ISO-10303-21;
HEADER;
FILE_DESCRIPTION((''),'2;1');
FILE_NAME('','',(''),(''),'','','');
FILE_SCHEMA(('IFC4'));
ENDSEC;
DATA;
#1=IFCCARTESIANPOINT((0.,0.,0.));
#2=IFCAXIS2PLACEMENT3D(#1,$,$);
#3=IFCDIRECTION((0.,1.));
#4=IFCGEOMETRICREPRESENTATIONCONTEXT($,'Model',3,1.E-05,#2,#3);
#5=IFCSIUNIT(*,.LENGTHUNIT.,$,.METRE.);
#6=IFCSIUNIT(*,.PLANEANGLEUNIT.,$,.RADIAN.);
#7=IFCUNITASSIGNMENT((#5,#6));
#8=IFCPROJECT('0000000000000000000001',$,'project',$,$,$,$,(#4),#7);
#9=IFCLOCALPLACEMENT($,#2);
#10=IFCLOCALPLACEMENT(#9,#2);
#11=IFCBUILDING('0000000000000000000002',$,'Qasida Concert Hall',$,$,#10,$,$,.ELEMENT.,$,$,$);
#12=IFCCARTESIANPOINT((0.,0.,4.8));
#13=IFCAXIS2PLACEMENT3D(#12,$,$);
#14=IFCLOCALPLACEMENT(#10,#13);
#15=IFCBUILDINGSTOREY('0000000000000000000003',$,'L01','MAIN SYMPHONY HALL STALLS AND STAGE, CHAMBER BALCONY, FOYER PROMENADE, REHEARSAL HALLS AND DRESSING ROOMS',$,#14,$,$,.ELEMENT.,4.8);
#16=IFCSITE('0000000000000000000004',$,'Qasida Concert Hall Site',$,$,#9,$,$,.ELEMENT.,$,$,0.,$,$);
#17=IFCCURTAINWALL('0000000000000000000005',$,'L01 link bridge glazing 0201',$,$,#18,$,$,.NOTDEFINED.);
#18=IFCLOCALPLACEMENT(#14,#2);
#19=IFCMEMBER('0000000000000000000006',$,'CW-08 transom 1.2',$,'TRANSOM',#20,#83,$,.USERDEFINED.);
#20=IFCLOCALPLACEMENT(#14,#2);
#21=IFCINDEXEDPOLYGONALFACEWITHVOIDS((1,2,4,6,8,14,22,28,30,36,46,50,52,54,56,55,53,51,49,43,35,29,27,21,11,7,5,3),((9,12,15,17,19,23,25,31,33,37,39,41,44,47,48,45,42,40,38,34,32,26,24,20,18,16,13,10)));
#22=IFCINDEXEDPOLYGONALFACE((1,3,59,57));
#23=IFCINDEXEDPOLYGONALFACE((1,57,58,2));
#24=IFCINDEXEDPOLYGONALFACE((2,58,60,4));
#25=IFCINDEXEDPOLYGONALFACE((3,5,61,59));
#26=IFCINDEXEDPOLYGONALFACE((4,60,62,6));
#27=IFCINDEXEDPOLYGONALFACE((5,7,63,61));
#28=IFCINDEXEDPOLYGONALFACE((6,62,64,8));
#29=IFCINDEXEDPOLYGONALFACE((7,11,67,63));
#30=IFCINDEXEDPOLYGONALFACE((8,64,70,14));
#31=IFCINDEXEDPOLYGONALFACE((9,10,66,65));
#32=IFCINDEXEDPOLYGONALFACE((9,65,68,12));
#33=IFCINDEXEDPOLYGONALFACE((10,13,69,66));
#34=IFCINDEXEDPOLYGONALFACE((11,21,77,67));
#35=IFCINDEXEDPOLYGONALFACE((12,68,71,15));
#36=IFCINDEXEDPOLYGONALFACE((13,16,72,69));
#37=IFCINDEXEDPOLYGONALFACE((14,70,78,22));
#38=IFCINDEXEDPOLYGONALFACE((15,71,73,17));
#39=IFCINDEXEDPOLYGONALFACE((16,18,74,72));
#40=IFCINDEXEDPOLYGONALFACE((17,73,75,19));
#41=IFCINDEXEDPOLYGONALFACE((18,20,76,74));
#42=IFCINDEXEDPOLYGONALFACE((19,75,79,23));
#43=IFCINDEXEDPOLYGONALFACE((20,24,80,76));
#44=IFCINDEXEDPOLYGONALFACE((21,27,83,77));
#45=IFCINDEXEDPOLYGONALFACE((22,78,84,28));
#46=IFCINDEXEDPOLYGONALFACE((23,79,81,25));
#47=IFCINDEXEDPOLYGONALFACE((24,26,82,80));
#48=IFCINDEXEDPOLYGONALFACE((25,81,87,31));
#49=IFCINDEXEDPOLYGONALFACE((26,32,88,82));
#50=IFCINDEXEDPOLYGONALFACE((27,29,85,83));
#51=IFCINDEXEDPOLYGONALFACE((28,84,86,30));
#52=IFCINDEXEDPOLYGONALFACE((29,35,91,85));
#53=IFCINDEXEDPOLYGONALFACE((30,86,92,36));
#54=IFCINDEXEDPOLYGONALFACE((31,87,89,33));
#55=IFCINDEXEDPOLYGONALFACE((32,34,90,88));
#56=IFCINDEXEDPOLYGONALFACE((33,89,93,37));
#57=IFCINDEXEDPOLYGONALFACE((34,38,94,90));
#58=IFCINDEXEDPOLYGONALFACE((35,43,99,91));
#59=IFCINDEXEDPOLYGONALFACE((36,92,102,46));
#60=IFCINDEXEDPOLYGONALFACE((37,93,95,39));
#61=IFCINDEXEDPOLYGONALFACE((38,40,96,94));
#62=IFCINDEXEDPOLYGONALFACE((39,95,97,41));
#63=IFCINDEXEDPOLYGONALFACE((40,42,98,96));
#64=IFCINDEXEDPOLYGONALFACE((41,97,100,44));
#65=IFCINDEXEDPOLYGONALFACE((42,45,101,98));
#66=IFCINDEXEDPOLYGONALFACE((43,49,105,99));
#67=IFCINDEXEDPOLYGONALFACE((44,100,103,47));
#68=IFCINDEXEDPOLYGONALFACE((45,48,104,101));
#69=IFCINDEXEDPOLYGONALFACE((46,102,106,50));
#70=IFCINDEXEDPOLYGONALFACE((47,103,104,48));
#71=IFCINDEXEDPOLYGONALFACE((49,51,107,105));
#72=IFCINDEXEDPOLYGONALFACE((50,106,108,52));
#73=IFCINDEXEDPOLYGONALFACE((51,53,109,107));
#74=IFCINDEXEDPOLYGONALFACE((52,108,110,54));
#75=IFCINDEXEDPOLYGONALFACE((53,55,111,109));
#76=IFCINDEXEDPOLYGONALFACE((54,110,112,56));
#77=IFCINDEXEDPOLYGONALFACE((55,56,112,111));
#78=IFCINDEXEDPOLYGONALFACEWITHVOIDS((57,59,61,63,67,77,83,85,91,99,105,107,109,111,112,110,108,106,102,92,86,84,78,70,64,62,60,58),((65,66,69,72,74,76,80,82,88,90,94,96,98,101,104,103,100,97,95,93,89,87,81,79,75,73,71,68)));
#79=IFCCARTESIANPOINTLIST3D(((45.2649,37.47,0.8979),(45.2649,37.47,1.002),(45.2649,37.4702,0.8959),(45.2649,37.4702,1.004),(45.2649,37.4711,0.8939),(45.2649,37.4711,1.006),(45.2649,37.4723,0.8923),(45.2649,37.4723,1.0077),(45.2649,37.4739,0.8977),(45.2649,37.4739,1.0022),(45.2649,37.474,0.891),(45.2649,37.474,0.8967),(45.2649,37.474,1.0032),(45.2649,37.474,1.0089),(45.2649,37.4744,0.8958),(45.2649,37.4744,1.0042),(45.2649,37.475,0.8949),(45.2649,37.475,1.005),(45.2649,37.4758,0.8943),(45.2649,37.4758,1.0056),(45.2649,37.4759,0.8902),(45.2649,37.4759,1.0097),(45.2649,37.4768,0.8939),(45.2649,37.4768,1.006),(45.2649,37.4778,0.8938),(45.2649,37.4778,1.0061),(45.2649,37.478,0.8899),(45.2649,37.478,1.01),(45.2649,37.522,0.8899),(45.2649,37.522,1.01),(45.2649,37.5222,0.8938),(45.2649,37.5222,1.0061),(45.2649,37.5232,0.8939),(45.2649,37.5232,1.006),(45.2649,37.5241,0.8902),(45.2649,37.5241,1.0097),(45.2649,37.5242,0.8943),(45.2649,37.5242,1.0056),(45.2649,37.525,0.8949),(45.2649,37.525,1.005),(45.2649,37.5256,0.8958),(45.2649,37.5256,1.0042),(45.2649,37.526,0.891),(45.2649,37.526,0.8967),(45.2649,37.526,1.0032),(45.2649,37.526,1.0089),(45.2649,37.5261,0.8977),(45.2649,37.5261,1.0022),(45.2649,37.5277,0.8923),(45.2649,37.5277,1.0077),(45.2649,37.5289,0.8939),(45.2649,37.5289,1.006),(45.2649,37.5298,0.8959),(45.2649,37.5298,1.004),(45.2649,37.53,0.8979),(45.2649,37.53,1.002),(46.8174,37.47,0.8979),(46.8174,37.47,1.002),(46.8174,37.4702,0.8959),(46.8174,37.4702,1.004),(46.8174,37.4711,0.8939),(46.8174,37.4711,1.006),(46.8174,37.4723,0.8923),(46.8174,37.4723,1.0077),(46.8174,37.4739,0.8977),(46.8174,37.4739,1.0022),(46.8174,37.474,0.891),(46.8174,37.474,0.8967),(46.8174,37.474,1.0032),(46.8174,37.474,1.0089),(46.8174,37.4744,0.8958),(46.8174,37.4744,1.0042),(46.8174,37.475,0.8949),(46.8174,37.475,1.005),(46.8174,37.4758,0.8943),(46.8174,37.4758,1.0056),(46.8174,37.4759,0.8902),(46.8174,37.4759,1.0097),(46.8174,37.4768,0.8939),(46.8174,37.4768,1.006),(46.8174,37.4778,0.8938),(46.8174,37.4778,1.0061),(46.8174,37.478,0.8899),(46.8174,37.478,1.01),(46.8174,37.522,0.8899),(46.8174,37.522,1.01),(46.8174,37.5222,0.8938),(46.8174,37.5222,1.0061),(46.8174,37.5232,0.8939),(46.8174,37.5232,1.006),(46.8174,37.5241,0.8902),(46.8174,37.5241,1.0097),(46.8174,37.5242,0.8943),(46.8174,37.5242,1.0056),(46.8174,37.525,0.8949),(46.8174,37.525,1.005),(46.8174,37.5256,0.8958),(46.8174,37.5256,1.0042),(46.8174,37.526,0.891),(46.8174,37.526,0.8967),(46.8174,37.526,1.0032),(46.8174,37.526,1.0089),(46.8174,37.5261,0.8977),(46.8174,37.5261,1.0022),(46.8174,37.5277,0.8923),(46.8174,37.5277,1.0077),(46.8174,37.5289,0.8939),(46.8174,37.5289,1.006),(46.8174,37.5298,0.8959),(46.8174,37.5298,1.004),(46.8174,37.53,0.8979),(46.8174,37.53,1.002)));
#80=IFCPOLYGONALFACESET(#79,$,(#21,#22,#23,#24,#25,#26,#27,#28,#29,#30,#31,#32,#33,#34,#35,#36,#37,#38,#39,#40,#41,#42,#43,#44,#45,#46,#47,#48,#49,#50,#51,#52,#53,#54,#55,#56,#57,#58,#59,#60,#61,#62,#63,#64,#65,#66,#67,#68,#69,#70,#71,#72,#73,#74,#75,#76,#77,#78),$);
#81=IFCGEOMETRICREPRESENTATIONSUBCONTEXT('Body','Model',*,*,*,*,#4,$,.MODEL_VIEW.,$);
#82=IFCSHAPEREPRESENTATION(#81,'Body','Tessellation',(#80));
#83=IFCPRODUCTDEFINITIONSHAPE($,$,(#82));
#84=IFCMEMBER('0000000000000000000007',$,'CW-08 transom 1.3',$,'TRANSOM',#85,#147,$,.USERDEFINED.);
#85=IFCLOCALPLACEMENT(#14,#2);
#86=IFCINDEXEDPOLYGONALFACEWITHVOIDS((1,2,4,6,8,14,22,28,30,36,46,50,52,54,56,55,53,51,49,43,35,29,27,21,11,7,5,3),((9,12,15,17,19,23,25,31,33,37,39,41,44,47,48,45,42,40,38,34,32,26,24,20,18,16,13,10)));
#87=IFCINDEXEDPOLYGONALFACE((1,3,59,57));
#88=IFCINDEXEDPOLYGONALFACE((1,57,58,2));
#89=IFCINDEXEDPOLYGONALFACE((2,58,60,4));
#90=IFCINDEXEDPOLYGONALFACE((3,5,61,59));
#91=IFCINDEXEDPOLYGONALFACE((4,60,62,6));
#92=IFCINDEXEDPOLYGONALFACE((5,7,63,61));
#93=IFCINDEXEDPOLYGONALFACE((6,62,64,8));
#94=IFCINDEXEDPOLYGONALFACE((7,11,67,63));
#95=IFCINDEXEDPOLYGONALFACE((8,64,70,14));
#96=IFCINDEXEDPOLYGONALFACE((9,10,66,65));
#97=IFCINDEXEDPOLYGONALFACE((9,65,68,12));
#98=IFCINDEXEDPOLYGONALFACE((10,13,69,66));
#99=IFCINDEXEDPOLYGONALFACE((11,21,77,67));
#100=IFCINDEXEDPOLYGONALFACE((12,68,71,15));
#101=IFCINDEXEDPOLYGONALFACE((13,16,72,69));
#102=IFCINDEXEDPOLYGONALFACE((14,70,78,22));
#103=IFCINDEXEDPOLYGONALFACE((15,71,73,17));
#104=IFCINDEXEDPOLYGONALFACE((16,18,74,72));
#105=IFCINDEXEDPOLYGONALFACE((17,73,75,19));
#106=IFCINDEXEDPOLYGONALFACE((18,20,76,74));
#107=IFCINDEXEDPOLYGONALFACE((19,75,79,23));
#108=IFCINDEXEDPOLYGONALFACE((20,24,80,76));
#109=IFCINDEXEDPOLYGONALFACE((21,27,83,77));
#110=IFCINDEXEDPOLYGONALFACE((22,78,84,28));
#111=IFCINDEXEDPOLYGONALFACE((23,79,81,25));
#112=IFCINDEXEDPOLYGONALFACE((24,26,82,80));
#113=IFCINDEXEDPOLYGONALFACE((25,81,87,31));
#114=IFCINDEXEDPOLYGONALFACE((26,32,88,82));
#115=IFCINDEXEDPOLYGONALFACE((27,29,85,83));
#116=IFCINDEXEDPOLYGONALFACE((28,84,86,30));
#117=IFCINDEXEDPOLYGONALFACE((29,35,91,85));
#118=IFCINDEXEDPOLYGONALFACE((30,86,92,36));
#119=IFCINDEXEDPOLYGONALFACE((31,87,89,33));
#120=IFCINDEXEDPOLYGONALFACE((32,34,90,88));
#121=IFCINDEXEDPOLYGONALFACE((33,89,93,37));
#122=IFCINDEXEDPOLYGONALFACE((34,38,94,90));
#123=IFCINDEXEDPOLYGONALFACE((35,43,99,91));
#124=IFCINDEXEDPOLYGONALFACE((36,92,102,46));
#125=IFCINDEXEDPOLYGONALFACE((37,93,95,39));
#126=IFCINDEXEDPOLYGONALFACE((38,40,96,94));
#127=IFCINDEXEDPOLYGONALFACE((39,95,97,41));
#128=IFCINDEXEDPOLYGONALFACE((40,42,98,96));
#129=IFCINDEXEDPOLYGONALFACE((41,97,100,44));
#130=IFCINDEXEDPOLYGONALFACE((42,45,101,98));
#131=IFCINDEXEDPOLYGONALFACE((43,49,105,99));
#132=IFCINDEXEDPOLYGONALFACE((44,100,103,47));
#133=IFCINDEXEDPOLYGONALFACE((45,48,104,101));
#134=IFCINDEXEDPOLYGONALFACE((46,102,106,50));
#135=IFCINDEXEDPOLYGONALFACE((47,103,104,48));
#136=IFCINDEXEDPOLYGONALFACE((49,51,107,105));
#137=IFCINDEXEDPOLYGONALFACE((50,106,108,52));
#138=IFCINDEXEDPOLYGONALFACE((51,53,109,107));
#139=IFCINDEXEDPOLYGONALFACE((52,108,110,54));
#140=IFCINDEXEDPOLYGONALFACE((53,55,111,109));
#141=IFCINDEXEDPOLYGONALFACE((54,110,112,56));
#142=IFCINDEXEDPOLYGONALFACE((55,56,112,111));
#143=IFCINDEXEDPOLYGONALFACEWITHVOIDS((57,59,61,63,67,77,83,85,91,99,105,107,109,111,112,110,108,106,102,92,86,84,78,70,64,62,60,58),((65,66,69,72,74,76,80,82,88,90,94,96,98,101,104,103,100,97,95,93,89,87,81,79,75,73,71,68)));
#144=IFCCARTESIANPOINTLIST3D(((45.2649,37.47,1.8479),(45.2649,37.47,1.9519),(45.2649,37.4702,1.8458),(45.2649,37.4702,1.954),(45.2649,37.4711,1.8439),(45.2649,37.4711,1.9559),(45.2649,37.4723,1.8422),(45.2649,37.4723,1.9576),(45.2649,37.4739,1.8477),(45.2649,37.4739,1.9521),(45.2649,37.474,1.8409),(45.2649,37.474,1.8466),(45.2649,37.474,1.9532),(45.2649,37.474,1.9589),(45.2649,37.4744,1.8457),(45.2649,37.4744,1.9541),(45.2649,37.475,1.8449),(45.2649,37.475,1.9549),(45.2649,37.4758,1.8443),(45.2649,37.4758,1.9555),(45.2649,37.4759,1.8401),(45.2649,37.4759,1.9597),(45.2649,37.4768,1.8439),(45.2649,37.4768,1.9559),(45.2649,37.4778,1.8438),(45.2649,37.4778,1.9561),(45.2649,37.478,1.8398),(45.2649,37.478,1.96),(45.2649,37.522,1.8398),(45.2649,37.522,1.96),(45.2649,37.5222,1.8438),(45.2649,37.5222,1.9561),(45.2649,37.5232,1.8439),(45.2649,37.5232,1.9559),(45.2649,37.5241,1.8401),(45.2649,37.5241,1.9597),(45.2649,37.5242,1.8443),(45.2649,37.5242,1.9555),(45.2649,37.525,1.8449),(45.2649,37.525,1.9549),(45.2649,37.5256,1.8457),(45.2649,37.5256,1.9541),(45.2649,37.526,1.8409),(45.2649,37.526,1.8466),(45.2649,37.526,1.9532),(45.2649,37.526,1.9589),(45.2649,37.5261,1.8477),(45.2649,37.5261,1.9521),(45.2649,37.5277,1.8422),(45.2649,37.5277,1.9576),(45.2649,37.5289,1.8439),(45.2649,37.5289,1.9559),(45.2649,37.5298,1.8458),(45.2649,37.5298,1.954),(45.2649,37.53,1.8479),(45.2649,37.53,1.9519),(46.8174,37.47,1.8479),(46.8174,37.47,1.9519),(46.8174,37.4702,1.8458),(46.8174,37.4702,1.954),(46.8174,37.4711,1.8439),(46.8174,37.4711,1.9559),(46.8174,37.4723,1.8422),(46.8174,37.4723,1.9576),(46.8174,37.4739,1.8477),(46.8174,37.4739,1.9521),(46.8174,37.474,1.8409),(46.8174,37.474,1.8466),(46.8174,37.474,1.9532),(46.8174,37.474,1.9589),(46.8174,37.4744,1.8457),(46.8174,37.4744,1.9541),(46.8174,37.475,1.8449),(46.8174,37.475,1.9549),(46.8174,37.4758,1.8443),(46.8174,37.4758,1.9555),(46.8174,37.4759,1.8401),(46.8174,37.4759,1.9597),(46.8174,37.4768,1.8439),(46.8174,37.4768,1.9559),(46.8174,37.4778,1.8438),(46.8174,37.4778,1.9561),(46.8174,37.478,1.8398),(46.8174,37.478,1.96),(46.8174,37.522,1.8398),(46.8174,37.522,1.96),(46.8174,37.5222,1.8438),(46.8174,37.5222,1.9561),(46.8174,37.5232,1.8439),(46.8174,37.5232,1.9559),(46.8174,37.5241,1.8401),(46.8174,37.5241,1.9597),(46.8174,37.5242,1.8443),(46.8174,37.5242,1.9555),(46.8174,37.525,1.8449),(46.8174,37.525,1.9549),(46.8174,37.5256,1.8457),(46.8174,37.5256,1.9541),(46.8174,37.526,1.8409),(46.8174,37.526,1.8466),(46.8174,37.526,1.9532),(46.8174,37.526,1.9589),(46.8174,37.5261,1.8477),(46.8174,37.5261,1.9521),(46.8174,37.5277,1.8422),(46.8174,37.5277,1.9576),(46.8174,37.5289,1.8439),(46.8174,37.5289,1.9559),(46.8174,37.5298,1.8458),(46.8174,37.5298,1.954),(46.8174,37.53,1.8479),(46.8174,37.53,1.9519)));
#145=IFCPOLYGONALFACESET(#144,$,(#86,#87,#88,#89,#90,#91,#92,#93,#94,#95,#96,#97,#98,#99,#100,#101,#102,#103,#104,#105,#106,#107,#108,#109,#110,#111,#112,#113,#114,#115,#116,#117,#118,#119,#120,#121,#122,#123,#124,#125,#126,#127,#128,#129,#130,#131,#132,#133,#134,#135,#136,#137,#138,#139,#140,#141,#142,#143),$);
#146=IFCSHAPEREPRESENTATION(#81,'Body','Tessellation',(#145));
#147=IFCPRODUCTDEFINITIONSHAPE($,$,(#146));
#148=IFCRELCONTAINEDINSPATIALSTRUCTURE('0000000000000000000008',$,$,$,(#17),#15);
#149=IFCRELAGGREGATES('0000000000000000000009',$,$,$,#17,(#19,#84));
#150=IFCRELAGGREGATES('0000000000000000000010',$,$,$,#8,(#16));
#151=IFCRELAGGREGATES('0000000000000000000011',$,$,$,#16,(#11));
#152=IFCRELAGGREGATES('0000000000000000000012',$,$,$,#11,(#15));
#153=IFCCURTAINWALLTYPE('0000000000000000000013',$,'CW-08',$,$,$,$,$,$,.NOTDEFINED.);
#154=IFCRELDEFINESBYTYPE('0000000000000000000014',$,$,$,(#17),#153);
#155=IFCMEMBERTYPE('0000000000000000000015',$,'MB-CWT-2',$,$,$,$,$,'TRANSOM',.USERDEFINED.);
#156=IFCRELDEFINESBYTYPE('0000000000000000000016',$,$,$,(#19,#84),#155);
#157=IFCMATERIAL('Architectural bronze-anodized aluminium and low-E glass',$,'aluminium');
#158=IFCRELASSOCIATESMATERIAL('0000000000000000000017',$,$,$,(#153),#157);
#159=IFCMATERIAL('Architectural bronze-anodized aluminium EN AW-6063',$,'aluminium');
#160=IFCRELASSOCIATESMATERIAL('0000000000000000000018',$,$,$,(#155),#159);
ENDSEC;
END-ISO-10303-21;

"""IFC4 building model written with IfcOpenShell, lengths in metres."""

from ifc_helpers import new_model, si_unit, direction, frame, origin, origin_2d, place, context, subcontext, project, spatial, hollow_rectangle, extrude, material, material_profile, profile_set, type_object, element, aggregate, save


model = new_model("IFC4")

# Units and contexts
model_context = context("Model", 3, precision=1e-05, world=origin(), true_north=direction((0.0, 1.0)))
body_context = subcontext(model_context, "Body", "Model", "MODEL_VIEW")
ifc_project = project(units=[si_unit("LENGTHUNIT", "METRE"), si_unit("PLANEANGLEUNIT", "RADIAN")], contexts=[model_context])

# Site, building, storey
site_placement = place(None, origin())
site = spatial("IfcSite", under=ifc_project, at=site_placement, Name="Qasida Concert Hall Site", CompositionType="ELEMENT", RefElevation=0.0)
building_placement = place(site_placement, origin())
building = spatial("IfcBuilding", under=site, at=building_placement, Name="Qasida Concert Hall", CompositionType="ELEMENT")
storey_placement = place(building_placement, frame((0.0, 0.0, 4.8)))
storey = spatial("IfcBuildingStorey", under=building, at=storey_placement, Name="L01", Description="MAIN SYMPHONY HALL STALLS AND STAGE, CHAMBER BALCONY, FOYER PROMENADE, REHEARSAL HALLS AND DRESSING ROOMS", CompositionType="ELEMENT", Elevation=4.8)

# Curtain wall
ifc_material_1 = material(Name="Architectural bronze-anodized aluminium and low-E glass", Category="aluminium")
curtain_wall_type = type_object("IfcCurtainWallType", Name="CW-08", PredefinedType="NOTDEFINED", material=ifc_material_1)
ifc_material_2 = material(Name="Architectural bronze-anodized aluminium EN AW-6063", Category="aluminium")
curtain_wall_1_placement = place(storey_placement, origin())
curtain_wall_1 = element("IfcCurtainWall", 1, at=curtain_wall_1_placement, inside=storey, type_object=curtain_wall_type, Name="L01 link bridge glazing 0201", PredefinedType="NOTDEFINED")

# Members
ifc_material_profile_1 = material_profile(ifc_material_2, hollow_rectangle(XDim=0.0601, YDim=0.1201, WallThickness=0.0039, InnerFilletRadius=0.0039, OuterFilletRadius=0.0081, at=origin_2d()), Name="CWT 120x60x4")
ifc_profile_set_1 = profile_set([ifc_material_profile_1], Name="Architectural bronze-anodized aluminium EN AW-6063")
member_type_1 = type_object("IfcMemberType", Name="MB-CWT-2", ElementType="TRANSOM", PredefinedType="USERDEFINED", material=ifc_profile_set_1)
member_1_placement = place(storey_placement, frame((45.2649, 37.5, 0.95), z_axis=(1.0, 0.0, 0.0), x_axis=(0.0, 1.0, 0.0)))
member_1 = element("IfcMember", 2, at=member_1_placement, type_object=member_type_1, Name="CW-08 transom 1.2", ObjectType="TRANSOM", PredefinedType="USERDEFINED", context=body_context, shape_type="SweptSolid", body=[
    extrude(hollow_rectangle(XDim=0.0601, YDim=0.1201, WallThickness=0.0039, InnerFilletRadius=0.0039, OuterFilletRadius=0.0081, at=origin_2d()), origin(), (0.0, 0.0, 1.0), 1.5525),
])
member_2_placement = place(storey_placement, frame((45.2649, 37.5, 1.8999), z_axis=(1.0, 0.0, 0.0), x_axis=(0.0, 1.0, 0.0)))
member_2 = element("IfcMember", 3, at=member_2_placement, type_object=member_type_1, Name="CW-08 transom 1.3", ObjectType="TRANSOM", PredefinedType="USERDEFINED", context=body_context, shape_type="SweptSolid", body=[
    extrude(hollow_rectangle(XDim=0.0601, YDim=0.1201, WallThickness=0.0039, InnerFilletRadius=0.0039, OuterFilletRadius=0.0081, at=origin_2d()), origin(), (0.0, 0.0, 1.0), 1.5525),
])

aggregate(curtain_wall_1, [member_1, member_2])

save(model, "model.ifc")
